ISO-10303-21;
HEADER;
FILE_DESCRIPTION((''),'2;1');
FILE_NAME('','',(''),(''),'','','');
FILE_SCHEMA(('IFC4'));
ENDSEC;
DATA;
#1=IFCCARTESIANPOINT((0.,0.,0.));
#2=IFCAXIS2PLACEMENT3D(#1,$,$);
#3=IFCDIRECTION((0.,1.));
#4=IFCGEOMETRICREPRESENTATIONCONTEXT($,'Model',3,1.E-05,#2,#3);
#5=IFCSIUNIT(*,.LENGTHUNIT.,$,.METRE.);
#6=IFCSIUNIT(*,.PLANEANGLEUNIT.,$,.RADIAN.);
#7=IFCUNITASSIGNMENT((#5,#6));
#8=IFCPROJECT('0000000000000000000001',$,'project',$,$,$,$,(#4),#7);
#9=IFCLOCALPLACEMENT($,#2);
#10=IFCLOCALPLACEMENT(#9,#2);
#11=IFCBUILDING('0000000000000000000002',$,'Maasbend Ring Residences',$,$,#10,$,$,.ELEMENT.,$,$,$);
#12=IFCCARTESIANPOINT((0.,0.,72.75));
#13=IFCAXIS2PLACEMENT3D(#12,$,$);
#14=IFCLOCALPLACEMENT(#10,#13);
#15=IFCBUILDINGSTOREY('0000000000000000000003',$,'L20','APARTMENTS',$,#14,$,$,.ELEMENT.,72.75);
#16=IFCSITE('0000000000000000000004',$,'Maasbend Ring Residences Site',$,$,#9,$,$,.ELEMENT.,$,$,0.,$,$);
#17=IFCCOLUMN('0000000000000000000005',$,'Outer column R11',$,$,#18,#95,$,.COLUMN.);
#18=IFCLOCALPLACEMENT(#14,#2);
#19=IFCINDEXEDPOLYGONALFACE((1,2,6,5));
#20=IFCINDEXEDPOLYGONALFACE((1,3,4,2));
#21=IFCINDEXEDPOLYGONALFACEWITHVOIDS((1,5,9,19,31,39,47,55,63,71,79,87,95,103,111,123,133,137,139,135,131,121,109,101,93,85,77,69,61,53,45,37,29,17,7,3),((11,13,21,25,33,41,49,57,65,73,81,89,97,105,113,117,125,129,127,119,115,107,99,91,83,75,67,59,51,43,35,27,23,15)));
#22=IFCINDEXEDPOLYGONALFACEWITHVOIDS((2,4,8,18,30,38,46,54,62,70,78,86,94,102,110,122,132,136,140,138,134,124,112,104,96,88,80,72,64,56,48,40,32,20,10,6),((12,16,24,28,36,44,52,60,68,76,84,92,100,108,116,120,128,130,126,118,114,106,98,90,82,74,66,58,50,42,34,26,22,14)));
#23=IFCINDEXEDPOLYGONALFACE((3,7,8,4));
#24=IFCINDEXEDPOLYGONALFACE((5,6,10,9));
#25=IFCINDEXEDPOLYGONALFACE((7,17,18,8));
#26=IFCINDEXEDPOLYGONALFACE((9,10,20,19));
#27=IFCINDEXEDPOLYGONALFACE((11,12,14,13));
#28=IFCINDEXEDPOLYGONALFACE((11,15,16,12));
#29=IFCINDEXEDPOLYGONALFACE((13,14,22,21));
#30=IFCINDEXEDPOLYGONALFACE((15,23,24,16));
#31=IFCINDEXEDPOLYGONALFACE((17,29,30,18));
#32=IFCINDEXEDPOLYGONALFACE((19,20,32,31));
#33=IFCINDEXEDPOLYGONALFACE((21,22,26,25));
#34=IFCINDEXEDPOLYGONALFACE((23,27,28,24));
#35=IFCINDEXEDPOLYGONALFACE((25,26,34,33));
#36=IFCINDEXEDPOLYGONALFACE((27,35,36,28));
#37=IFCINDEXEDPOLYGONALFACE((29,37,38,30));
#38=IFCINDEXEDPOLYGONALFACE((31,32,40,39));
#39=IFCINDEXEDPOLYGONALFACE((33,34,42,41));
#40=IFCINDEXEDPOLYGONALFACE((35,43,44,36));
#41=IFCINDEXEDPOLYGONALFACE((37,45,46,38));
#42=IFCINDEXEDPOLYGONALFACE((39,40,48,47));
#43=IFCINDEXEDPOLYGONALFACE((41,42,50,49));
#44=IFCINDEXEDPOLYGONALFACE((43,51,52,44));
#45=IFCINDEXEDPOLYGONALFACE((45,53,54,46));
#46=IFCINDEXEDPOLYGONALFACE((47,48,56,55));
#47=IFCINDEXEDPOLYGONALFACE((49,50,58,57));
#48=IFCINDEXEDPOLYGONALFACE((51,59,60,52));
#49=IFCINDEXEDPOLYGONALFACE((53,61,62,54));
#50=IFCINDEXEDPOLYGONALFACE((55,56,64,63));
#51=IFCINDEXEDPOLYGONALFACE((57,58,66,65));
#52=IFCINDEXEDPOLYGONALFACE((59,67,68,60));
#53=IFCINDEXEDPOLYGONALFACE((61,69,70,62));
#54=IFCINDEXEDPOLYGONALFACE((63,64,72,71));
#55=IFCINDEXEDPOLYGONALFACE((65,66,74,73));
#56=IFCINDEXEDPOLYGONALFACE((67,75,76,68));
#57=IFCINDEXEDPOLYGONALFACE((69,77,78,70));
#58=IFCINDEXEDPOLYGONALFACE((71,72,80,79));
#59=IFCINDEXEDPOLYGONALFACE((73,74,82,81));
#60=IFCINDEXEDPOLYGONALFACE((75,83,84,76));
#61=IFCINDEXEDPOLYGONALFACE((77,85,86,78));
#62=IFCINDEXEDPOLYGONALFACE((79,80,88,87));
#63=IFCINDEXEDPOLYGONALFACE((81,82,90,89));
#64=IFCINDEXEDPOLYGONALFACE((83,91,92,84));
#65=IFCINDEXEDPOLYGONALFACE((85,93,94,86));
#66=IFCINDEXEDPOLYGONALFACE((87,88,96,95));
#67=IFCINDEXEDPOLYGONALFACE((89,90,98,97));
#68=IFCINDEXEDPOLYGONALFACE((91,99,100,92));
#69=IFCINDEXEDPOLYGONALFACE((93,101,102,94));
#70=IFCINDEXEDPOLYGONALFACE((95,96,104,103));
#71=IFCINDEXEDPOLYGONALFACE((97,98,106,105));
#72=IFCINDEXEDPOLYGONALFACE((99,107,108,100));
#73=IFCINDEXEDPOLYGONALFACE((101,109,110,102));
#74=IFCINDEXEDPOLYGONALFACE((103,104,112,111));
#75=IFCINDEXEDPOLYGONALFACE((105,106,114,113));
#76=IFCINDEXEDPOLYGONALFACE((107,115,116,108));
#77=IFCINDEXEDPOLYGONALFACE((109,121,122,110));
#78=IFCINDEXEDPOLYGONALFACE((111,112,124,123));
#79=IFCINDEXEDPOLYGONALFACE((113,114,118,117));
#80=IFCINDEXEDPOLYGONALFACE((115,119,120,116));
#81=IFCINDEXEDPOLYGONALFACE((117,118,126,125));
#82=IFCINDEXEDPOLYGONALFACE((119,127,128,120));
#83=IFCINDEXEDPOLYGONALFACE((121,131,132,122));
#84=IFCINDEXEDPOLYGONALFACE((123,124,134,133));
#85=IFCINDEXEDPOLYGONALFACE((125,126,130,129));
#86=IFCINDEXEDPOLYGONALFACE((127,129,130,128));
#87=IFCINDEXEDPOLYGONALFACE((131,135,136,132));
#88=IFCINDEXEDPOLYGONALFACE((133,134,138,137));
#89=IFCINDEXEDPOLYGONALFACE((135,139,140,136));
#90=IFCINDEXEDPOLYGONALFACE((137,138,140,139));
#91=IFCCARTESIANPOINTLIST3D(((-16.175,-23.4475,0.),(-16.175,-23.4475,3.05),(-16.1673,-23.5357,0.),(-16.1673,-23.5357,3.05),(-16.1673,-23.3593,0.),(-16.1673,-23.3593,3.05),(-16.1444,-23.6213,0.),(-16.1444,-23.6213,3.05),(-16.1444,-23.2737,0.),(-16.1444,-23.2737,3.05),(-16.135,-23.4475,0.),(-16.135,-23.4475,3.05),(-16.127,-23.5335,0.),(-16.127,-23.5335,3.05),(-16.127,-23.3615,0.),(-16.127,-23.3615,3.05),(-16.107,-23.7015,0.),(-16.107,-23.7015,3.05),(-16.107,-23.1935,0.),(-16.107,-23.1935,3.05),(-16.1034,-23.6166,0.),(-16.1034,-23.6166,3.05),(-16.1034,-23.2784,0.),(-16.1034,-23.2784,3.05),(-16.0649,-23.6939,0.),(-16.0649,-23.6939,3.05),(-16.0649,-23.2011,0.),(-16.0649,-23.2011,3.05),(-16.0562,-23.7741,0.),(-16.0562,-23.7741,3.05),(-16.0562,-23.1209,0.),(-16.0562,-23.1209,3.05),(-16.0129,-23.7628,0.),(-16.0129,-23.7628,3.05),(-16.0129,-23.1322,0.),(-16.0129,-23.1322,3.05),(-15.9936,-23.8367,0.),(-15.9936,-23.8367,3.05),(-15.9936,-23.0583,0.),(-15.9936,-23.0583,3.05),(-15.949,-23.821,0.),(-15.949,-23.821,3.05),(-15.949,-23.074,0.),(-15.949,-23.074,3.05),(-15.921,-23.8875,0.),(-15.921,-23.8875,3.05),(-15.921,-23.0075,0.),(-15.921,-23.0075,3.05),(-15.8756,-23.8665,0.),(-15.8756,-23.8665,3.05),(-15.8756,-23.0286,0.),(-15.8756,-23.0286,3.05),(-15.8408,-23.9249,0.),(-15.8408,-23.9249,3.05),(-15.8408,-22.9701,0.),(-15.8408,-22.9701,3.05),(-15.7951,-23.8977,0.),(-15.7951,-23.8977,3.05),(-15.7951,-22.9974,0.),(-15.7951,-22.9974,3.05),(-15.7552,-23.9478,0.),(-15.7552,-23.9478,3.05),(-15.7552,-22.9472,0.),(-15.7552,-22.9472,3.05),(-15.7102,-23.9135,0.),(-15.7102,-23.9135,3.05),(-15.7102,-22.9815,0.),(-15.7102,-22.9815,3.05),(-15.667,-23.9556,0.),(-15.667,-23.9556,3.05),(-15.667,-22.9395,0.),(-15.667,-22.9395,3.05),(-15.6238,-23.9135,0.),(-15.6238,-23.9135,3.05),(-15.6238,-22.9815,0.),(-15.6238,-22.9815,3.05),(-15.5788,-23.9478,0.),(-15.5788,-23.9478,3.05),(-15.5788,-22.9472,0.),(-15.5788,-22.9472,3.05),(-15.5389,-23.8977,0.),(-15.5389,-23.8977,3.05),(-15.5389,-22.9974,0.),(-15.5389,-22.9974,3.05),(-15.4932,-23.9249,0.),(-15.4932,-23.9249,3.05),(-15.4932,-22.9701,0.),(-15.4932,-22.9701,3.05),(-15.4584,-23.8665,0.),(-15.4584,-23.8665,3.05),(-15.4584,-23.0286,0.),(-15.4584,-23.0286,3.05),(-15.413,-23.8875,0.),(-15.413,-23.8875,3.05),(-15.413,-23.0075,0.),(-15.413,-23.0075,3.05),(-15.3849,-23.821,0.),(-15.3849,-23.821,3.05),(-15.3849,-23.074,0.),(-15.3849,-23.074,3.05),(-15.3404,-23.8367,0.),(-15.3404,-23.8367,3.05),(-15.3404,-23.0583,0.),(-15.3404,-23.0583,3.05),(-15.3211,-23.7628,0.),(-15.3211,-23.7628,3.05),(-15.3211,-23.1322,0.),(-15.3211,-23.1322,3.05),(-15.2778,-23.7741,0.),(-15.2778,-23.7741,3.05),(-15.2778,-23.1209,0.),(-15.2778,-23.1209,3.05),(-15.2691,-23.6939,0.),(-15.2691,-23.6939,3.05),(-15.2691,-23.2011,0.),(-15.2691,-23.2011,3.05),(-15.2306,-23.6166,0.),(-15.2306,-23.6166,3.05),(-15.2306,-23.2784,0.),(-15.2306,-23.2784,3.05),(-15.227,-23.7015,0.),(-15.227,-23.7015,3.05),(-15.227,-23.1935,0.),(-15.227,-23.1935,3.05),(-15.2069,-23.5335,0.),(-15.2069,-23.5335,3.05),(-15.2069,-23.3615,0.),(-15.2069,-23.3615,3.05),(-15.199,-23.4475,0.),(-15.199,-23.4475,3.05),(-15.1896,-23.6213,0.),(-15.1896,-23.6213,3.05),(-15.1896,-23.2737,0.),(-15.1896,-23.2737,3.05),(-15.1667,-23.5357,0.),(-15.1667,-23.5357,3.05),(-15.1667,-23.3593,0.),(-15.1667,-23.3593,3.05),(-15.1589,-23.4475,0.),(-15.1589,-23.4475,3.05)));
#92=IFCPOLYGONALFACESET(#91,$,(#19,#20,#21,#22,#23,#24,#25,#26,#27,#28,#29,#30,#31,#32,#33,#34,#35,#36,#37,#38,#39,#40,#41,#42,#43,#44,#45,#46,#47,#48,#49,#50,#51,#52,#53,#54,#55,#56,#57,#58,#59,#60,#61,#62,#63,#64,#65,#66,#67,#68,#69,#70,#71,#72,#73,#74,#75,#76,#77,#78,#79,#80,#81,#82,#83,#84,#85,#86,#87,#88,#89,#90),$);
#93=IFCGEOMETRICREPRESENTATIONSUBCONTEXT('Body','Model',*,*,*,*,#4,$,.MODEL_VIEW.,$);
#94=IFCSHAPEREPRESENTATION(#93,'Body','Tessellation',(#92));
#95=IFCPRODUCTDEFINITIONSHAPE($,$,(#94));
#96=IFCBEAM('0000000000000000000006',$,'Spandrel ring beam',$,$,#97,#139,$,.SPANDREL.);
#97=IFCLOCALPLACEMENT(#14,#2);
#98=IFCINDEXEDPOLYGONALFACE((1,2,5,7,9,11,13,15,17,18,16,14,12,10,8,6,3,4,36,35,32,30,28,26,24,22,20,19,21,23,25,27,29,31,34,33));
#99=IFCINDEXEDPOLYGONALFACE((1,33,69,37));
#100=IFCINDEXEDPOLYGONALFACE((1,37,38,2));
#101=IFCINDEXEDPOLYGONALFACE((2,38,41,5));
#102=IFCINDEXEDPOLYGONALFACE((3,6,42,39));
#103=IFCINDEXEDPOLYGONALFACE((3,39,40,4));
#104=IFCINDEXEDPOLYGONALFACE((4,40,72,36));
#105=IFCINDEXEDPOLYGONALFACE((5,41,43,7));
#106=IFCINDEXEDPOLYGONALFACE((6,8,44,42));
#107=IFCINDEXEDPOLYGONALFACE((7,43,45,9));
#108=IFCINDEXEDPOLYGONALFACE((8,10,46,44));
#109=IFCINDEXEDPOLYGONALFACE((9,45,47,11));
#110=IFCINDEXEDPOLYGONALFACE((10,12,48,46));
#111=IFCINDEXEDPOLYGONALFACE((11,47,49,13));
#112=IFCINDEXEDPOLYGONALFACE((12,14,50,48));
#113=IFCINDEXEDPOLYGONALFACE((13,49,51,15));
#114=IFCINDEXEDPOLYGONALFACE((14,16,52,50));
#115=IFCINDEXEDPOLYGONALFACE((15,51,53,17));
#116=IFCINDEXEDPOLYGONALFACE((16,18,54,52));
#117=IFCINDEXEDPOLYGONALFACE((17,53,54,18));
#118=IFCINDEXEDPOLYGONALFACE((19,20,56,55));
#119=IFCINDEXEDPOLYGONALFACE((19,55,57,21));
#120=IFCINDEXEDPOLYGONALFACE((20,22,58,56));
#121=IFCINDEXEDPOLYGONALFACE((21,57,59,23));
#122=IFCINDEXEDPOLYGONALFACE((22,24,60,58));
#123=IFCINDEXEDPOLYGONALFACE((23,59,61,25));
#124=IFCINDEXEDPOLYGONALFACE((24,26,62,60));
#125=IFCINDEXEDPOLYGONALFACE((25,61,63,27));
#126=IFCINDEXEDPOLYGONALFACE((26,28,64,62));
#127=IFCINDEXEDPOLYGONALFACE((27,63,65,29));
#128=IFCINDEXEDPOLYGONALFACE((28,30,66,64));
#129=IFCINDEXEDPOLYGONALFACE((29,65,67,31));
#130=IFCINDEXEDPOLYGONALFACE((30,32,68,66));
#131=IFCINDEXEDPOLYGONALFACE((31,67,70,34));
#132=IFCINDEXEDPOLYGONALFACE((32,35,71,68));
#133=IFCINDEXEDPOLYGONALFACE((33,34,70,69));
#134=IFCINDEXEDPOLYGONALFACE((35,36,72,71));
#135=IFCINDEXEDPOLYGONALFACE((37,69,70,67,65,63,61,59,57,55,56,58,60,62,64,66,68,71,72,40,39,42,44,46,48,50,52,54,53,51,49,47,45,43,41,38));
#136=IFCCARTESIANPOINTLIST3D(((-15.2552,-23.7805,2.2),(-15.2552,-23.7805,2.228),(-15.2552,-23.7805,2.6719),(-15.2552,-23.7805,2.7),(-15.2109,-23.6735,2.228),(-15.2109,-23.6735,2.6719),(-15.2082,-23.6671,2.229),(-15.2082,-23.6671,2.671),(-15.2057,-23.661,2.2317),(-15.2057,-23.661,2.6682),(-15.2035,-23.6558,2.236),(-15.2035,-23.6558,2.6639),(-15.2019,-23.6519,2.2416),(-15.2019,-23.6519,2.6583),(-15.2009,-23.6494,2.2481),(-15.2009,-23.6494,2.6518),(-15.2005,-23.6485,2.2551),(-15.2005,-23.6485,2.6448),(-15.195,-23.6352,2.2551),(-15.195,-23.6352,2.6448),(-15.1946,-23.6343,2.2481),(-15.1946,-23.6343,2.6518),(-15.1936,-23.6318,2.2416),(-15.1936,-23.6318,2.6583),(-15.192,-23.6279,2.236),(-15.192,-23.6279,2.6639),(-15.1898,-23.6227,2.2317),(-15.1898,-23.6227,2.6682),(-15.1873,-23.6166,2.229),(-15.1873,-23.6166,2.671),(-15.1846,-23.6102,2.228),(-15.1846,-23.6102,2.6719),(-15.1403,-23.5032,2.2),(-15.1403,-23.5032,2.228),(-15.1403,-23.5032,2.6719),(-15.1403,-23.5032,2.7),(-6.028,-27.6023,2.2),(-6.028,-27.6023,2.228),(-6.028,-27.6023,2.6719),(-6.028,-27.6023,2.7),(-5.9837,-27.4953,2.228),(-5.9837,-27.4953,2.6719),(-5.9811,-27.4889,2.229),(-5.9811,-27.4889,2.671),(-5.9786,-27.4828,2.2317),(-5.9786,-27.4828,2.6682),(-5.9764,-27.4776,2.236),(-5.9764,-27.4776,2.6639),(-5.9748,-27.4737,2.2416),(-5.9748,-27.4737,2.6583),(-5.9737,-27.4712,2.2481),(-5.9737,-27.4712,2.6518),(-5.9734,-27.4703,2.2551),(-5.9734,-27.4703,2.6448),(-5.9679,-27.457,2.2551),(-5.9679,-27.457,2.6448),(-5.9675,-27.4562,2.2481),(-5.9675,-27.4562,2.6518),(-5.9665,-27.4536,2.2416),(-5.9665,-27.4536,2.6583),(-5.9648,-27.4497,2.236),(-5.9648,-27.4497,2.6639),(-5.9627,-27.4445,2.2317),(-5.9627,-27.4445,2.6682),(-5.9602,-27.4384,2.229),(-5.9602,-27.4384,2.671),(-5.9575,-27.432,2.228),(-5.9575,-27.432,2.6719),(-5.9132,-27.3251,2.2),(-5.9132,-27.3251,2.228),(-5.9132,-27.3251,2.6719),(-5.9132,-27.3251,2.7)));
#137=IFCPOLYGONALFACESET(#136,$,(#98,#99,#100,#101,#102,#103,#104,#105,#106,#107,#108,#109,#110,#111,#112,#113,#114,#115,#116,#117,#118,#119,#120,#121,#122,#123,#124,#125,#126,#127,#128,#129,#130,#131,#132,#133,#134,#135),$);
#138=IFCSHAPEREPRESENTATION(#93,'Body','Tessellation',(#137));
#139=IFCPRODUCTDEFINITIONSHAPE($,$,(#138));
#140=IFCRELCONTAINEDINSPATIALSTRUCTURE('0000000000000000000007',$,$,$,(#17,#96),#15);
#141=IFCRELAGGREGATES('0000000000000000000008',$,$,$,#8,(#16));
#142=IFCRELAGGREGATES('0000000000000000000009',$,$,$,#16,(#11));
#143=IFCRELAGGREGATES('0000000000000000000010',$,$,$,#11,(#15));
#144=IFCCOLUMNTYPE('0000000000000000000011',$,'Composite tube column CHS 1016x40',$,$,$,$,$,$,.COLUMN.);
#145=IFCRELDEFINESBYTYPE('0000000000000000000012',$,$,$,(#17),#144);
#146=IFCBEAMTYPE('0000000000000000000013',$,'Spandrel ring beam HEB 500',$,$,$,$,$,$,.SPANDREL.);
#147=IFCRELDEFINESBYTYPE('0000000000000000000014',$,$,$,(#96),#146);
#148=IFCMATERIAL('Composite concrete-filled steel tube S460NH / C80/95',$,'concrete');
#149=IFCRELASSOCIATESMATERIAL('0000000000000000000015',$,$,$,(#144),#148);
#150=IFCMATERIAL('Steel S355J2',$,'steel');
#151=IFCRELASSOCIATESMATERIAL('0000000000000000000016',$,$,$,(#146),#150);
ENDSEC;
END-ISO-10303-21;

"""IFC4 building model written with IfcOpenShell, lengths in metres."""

from ifc_helpers import new_model, si_unit, direction, frame, origin, origin_2d, place, context, subcontext, project, spatial, hollow_circle, i_section, extrude, material, material_profile, profile_set, type_object, element, save


model = new_model("IFC4")

# Units and contexts
model_context = context("Model", 3, precision=1e-05, world=origin(), true_north=direction((0.0, 1.0)))
body_context = subcontext(model_context, "Body", "Model", "MODEL_VIEW")
ifc_project = project(units=[si_unit("LENGTHUNIT", "METRE"), si_unit("PLANEANGLEUNIT", "RADIAN")], contexts=[model_context])

# Site, building, storey
site_placement = place(None, origin())
site = spatial("IfcSite", under=ifc_project, at=site_placement, Name="Maasbend Ring Residences Site", CompositionType="ELEMENT", RefElevation=0.0)
building_placement = place(site_placement, origin())
building = spatial("IfcBuilding", under=site, at=building_placement, Name="Maasbend Ring Residences", CompositionType="ELEMENT")
storey_placement = place(building_placement, frame((0.0, 0.0, 72.75)))
storey = spatial("IfcBuildingStorey", under=building, at=storey_placement, Name="L20", Description="APARTMENTS", CompositionType="ELEMENT", Elevation=72.75)

# Column
ifc_material_1 = material(Name="Composite concrete-filled steel tube S460NH / C80/95", Category="concrete")
ifc_material_profile_1 = material_profile(ifc_material_1, hollow_circle(Radius=0.5081, WallThickness=0.04, at=origin_2d()), Name="Composite tube column CHS 1016x40")
ifc_profile_set_1 = profile_set([ifc_material_profile_1], Name="Composite concrete-filled steel tube S460NH / C80/95")
column_type = type_object("IfcColumnType", Name="Composite tube column CHS 1016x40", PredefinedType="COLUMN", material=ifc_profile_set_1)
column_placement = place(storey_placement, frame((-15.667, -23.4475, 0.0), z_axis=(0.0, 0.0, 1.0), x_axis=(1.0, 0.0, 0.0)))
element("IfcColumn", 1, at=column_placement, inside=storey, type_object=column_type, Name="Outer column R11", PredefinedType="COLUMN", context=body_context, shape_type="SweptSolid", body=[
    extrude(hollow_circle(Radius=0.5081, WallThickness=0.04, at=origin_2d()), origin(), (0.0, 0.0, 1.0), 3.05),
])

# Beam
ifc_material_2 = material(Name="Steel S355J2", Category="steel")
ifc_material_profile_2 = material_profile(ifc_material_2, i_section(OverallWidth=0.3, OverallDepth=0.5, WebThickness=0.0144, FlangeThickness=0.0281, FilletRadius=0.0271, at=origin_2d()), Name="HEB 500")
ifc_profile_set_2 = profile_set([ifc_material_profile_2], Name="Steel S355J2")
beam_type = type_object("IfcBeamType", Name="Spandrel ring beam HEB 500", PredefinedType="SPANDREL", material=ifc_profile_set_2)
beam_placement = place(storey_placement, frame((-15.1978, -23.6418, 2.45), z_axis=(0.923886, -0.382667, 0.0), x_axis=(0.382667, 0.923886, 0.0)))
element("IfcBeam", 2, at=beam_placement, inside=storey, type_object=beam_type, Name="Spandrel ring beam", PredefinedType="SPANDREL", context=body_context, shape_type="SweptSolid", body=[
    extrude(i_section(OverallWidth=0.3, OverallDepth=0.5, WebThickness=0.0144, FlangeThickness=0.0281, FilletRadius=0.0271, at=origin_2d()), origin(), (0.0, 0.0, 1.0), 9.9873),
])

save(model, "model.ifc")
